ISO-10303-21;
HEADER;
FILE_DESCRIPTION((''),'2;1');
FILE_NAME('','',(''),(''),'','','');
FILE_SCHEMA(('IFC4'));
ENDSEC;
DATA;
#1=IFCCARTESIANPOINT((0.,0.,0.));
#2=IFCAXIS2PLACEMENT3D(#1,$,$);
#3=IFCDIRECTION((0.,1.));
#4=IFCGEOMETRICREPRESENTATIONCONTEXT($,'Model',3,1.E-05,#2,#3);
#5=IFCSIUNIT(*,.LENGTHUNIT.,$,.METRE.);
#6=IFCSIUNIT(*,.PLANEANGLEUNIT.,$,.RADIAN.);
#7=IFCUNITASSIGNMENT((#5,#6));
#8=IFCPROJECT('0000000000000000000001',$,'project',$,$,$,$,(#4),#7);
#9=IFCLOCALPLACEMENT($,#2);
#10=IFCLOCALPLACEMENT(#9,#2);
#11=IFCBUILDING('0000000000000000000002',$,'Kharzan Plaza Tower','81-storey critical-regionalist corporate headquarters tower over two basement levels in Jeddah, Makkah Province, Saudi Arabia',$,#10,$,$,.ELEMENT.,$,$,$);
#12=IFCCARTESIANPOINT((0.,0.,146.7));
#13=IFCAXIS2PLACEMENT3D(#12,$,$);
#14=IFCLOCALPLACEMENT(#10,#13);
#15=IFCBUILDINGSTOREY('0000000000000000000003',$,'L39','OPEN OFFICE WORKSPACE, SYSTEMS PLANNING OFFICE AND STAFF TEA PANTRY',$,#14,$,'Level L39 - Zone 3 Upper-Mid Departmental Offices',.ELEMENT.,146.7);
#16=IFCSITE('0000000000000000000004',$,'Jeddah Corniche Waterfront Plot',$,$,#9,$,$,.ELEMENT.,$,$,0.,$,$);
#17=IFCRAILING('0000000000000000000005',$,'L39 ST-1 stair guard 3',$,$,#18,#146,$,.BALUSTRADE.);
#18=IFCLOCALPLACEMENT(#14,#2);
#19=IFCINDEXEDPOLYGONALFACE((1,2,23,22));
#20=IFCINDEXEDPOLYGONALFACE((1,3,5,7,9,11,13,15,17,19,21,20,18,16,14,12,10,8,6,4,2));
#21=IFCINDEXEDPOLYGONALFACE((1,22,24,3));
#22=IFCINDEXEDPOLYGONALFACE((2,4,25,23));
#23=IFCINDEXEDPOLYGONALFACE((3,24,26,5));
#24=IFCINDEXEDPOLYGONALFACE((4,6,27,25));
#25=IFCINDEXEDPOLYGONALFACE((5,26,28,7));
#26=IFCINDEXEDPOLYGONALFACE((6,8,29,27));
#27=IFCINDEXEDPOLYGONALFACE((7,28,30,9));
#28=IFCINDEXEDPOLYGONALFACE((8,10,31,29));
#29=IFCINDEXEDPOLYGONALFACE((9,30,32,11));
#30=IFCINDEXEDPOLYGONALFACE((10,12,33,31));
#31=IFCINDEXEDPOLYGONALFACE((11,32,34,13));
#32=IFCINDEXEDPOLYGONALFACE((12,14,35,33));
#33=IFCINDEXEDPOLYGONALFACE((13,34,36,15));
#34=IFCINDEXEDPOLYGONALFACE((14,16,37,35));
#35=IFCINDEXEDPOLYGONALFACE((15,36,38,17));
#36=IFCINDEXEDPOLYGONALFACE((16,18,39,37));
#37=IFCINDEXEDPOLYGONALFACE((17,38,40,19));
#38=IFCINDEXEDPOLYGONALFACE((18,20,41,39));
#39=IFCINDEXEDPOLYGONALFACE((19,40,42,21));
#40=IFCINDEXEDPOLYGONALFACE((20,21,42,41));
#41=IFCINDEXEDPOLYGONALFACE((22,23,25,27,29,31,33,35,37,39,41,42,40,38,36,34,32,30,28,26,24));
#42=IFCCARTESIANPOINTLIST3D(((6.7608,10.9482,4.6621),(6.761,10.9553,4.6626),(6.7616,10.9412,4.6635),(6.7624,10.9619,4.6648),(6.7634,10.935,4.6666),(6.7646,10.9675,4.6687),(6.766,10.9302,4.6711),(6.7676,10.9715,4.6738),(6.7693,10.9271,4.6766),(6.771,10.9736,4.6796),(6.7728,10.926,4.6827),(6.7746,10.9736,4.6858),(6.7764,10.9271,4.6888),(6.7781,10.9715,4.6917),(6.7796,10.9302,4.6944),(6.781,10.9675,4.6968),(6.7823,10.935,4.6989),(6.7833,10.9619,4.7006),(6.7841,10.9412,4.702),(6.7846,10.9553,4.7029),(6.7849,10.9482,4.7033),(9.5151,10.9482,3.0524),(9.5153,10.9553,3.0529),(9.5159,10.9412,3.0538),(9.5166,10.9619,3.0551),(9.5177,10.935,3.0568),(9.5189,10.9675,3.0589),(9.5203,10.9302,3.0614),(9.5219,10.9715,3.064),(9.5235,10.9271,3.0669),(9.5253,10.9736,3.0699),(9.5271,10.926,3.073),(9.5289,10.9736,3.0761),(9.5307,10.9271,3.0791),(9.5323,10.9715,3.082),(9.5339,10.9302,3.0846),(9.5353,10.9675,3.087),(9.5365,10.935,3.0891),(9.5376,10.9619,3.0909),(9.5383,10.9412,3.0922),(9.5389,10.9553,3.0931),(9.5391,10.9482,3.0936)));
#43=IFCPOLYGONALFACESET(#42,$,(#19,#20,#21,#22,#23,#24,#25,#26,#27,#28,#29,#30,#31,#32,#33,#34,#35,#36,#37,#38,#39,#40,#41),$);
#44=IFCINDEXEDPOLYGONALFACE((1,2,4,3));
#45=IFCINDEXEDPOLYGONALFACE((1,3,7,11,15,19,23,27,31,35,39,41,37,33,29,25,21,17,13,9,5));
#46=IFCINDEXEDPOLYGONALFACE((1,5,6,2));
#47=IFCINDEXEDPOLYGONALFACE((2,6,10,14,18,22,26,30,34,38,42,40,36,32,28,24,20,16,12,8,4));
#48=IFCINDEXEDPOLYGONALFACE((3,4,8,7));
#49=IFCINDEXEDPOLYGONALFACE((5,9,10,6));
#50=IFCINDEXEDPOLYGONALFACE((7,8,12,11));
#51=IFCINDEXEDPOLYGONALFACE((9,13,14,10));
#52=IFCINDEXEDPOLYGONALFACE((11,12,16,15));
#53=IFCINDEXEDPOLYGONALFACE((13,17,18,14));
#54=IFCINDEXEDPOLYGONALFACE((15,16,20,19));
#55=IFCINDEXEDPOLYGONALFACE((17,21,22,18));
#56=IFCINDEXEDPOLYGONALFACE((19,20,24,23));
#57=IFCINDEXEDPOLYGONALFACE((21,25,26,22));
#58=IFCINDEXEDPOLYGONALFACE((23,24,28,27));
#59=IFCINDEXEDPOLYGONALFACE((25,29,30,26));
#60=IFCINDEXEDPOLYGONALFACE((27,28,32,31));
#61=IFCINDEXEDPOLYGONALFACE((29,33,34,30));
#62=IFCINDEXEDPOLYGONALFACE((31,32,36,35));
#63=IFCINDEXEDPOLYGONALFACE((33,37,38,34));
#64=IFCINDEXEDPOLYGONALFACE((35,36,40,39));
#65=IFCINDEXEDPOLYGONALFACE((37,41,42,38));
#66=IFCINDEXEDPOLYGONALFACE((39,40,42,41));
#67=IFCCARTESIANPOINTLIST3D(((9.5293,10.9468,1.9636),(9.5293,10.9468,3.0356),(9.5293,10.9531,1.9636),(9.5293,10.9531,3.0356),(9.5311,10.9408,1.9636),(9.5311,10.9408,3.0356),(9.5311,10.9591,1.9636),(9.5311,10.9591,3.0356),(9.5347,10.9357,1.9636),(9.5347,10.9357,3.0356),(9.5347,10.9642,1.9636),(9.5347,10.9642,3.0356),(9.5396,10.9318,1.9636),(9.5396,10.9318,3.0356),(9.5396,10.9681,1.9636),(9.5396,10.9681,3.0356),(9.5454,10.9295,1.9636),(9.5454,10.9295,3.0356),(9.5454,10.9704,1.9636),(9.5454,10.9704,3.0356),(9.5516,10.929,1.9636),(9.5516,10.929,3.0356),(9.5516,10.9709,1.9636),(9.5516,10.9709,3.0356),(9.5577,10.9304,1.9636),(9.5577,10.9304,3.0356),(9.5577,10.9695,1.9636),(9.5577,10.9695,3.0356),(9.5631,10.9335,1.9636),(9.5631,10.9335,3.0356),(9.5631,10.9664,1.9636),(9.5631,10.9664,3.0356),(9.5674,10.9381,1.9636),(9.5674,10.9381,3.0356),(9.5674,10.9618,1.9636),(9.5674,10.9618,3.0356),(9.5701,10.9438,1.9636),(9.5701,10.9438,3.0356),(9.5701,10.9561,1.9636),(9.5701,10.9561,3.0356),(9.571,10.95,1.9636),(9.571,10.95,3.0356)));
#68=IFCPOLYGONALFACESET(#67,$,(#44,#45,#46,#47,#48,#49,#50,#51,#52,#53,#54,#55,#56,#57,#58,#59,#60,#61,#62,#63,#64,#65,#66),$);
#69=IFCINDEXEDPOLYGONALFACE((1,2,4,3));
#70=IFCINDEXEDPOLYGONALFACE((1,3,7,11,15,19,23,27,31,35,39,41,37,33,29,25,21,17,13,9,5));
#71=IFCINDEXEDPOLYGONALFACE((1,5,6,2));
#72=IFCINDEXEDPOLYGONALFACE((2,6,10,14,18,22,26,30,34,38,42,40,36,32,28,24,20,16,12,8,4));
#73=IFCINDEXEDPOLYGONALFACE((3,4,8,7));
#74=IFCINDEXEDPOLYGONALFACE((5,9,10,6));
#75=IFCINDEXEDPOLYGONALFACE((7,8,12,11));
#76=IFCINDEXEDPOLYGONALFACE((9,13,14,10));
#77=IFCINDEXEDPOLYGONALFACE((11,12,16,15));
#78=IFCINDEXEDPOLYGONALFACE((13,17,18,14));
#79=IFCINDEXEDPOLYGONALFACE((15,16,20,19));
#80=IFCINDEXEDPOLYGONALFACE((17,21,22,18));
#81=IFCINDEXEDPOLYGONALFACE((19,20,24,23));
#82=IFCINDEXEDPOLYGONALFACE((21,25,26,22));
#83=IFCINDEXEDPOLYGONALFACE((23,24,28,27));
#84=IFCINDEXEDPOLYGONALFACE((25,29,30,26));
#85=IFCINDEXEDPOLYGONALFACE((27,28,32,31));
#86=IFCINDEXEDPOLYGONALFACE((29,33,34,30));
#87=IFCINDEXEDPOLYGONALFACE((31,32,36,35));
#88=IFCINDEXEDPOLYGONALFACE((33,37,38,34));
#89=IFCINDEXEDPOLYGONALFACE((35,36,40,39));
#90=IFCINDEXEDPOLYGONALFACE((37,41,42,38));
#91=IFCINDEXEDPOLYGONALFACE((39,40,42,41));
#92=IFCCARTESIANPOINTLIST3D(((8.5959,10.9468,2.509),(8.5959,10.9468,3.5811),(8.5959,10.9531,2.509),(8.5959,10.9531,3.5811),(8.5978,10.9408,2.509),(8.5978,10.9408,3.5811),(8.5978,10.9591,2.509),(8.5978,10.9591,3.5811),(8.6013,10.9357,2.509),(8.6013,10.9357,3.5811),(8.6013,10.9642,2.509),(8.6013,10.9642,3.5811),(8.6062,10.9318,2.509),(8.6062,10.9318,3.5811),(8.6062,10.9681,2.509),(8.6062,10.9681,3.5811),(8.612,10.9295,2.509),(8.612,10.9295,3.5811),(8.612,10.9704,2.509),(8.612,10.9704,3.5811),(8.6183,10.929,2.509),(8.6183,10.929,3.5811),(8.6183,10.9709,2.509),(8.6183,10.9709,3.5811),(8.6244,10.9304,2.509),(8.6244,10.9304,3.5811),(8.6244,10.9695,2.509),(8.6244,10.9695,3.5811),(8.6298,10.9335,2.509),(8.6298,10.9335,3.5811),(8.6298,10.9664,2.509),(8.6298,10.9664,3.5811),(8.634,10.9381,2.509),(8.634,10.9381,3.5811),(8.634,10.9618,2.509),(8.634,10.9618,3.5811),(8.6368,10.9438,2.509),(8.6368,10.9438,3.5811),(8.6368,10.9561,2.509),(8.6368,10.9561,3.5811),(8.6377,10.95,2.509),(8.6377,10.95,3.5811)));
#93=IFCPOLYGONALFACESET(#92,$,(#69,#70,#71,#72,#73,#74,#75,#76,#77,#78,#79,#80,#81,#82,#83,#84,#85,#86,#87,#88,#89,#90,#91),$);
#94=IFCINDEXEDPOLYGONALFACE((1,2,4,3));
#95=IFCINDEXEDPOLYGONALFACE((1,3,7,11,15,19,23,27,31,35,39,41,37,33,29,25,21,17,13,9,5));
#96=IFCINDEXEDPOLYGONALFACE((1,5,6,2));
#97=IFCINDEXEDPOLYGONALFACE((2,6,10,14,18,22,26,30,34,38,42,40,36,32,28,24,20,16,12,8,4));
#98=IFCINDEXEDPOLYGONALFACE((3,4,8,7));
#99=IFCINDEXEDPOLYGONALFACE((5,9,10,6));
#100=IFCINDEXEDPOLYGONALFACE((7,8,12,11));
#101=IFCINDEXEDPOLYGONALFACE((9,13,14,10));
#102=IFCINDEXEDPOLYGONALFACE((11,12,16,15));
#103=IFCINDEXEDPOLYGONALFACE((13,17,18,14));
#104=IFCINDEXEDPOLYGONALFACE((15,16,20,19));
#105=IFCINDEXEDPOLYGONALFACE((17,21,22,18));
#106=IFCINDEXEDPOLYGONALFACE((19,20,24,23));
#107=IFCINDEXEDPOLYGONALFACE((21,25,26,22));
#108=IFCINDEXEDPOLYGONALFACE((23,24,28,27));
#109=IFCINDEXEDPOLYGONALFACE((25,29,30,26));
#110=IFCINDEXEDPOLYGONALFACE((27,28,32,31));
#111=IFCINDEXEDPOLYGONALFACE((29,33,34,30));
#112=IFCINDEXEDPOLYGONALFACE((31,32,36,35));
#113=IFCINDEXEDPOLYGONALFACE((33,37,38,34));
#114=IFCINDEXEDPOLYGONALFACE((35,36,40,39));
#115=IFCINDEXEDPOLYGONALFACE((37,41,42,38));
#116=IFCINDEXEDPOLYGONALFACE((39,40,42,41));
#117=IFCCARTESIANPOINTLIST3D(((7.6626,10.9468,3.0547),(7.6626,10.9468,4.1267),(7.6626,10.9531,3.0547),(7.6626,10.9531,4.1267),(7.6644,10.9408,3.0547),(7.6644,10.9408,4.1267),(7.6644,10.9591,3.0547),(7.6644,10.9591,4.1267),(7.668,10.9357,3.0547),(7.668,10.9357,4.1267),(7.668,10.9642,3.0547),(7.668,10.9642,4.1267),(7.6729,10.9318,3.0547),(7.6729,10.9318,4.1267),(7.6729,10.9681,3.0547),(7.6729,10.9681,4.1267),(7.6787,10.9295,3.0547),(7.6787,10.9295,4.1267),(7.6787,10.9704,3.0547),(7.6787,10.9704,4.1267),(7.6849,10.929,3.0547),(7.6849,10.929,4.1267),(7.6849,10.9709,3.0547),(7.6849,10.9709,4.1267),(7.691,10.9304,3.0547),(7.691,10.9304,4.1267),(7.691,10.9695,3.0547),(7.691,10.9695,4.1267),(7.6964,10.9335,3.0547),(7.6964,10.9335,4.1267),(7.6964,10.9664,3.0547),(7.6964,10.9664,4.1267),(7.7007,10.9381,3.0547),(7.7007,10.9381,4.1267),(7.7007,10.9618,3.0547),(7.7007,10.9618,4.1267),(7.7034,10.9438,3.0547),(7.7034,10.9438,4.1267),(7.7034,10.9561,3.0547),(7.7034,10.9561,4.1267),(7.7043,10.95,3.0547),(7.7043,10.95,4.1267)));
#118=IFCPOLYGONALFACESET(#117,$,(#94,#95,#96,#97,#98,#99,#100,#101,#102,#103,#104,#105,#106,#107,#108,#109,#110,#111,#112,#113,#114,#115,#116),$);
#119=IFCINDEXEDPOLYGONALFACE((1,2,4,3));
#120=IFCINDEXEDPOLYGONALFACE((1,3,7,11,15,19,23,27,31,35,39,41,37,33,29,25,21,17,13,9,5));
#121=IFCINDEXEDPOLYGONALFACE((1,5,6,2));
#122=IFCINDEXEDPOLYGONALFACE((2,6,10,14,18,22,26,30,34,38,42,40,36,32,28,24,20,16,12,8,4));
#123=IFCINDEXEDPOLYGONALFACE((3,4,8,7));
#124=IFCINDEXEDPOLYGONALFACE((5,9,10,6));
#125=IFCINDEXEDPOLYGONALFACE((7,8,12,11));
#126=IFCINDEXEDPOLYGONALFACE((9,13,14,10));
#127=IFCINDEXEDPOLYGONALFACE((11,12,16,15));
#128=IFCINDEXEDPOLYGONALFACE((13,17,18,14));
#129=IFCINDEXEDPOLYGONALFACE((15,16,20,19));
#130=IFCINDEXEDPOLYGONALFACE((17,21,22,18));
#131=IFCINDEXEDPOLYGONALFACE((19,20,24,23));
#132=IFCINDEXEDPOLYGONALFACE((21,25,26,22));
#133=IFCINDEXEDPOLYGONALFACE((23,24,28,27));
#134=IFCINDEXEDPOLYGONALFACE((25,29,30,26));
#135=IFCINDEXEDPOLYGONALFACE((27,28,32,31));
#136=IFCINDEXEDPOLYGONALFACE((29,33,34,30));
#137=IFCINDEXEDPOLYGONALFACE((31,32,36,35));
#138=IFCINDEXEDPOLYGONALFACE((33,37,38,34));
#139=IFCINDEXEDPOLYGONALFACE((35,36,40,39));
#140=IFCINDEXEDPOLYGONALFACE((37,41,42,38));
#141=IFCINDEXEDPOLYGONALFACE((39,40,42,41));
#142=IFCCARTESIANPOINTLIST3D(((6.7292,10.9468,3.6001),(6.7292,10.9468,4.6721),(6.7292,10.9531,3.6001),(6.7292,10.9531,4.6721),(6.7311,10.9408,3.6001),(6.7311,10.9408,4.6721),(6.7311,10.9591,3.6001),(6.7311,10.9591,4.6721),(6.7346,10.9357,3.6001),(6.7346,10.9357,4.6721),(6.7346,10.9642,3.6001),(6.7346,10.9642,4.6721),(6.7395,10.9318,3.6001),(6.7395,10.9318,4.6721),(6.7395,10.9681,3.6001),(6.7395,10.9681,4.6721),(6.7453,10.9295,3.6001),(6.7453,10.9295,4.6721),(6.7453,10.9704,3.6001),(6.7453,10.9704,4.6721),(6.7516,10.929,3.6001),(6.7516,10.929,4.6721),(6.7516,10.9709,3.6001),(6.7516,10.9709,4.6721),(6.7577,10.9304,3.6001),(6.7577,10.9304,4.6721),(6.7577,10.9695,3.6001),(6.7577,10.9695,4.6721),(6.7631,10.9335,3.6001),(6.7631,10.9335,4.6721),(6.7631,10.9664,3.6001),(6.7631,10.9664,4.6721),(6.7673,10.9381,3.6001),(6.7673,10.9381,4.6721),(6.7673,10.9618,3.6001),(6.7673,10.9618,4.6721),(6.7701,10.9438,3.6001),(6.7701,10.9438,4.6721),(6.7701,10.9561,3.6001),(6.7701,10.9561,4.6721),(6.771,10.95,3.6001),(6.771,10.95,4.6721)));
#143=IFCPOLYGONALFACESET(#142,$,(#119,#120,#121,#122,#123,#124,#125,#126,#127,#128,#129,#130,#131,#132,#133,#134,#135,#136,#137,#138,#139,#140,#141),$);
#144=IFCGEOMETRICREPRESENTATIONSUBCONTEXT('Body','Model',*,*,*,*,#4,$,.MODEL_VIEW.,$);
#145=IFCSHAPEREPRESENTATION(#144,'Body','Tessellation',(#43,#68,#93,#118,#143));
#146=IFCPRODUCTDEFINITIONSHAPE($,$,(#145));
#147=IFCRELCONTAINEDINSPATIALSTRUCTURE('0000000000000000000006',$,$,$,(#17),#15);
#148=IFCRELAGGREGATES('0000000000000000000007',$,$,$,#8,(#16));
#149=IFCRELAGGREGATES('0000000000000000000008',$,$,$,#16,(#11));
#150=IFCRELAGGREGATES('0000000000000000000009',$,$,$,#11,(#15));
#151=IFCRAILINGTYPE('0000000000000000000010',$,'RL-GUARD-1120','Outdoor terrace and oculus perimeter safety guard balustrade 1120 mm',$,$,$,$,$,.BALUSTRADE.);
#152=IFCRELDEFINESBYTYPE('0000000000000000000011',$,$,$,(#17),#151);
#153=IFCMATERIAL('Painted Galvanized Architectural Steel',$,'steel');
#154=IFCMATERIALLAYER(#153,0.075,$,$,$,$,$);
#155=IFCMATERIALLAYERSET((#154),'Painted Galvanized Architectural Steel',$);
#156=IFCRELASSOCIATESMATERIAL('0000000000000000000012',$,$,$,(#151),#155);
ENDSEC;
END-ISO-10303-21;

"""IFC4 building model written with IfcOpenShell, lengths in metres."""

from ifc_helpers import new_model, si_unit, direction, frame, origin, origin_2d, place, context, subcontext, project, spatial, circle, extrude, source, transform, mapped, material, layer, layer_set, type_object, element, save


model = new_model("IFC4")

# Units and contexts
model_context = context("Model", 3, precision=1e-05, world=origin(), true_north=direction((0.0, 1.0)))
body_context = subcontext(model_context, "Body", "Model", "MODEL_VIEW")
ifc_project = project(units=[si_unit("LENGTHUNIT", "METRE"), si_unit("PLANEANGLEUNIT", "RADIAN")], contexts=[model_context])

# Site, building, storey
site_placement = place(None, origin())
site = spatial("IfcSite", under=ifc_project, at=site_placement, Name="Jeddah Corniche Waterfront Plot", CompositionType="ELEMENT", RefElevation=0.0)
building_placement = place(site_placement, origin())
building = spatial("IfcBuilding", under=site, at=building_placement, Name="Kharzan Plaza Tower", Description="81-storey critical-regionalist corporate headquarters tower over two basement levels in Jeddah, Makkah Province, Saudi Arabia", CompositionType="ELEMENT")
storey_placement = place(building_placement, frame((0.0, 0.0, 146.7)))
storey = spatial("IfcBuildingStorey", under=building, at=storey_placement, Name="L39", Description="OPEN OFFICE WORKSPACE, SYSTEMS PLANNING OFFICE AND STAFF TEA PANTRY", LongName="Level L39 - Zone 3 Upper-Mid Departmental Offices", CompositionType="ELEMENT", Elevation=146.7)

# Railing
ifc_material_1 = material(Name="Painted Galvanized Architectural Steel", Category="steel")
ifc_layer_1 = layer(ifc_material_1, 0.075)
ifc_layer_set_1 = layer_set([ifc_layer_1], Name="Painted Galvanized Architectural Steel")
railing_type_1 = type_object("IfcRailingType", Name="RL-GUARD-1120", Description="Outdoor terrace and oculus perimeter safety guard balustrade 1120 mm", PredefinedType="BALUSTRADE", material=ifc_layer_set_1)
shared_shape_1 = source(origin(), body_context, "Body", "SweptSolid", [
    extrude(circle(Radius=0.0239, at=origin_2d()), frame((-0.0229, 0.0, 1.1094), z_axis=(-0.863361, 0.0, 0.504587), x_axis=(0.0, -1.0, 0.0)), (0.0, 0.0, 1.0), 3.1902),
    extrude(circle(Radius=0.021, at=origin_2d()), origin(), (0.0, 0.0, 1.0), 1.072),
    extrude(circle(Radius=0.021, at=origin_2d()), frame((-0.9333, 0.0, 0.5454)), (0.0, 0.0, 1.0), 1.072),
    extrude(circle(Radius=0.021, at=origin_2d()), frame((-1.8667, 0.0, 1.0911)), (0.0, 0.0, 1.0), 1.072),
    extrude(circle(Radius=0.021, at=origin_2d()), frame((-2.8, 0.0, 1.6365)), (0.0, 0.0, 1.0), 1.072),
])
railing_1_placement = place(storey_placement, frame((9.55, 10.95, 1.9636)))
element("IfcRailing", 1, at=railing_1_placement, inside=storey, type_object=railing_type_1, Name="L39 ST-1 stair guard 3", PredefinedType="BALUSTRADE", context=body_context, shape_type="MappedRepresentation", body=[
    mapped(shared_shape_1, transform((0.0, 0.0, 0.0), x_axis=(1.0, 0.0, 0.0), y_axis=(0.0, 1.0, 0.0), z_axis=(0.0, 0.0, 1.0))),
])

save(model, "model.ifc")
